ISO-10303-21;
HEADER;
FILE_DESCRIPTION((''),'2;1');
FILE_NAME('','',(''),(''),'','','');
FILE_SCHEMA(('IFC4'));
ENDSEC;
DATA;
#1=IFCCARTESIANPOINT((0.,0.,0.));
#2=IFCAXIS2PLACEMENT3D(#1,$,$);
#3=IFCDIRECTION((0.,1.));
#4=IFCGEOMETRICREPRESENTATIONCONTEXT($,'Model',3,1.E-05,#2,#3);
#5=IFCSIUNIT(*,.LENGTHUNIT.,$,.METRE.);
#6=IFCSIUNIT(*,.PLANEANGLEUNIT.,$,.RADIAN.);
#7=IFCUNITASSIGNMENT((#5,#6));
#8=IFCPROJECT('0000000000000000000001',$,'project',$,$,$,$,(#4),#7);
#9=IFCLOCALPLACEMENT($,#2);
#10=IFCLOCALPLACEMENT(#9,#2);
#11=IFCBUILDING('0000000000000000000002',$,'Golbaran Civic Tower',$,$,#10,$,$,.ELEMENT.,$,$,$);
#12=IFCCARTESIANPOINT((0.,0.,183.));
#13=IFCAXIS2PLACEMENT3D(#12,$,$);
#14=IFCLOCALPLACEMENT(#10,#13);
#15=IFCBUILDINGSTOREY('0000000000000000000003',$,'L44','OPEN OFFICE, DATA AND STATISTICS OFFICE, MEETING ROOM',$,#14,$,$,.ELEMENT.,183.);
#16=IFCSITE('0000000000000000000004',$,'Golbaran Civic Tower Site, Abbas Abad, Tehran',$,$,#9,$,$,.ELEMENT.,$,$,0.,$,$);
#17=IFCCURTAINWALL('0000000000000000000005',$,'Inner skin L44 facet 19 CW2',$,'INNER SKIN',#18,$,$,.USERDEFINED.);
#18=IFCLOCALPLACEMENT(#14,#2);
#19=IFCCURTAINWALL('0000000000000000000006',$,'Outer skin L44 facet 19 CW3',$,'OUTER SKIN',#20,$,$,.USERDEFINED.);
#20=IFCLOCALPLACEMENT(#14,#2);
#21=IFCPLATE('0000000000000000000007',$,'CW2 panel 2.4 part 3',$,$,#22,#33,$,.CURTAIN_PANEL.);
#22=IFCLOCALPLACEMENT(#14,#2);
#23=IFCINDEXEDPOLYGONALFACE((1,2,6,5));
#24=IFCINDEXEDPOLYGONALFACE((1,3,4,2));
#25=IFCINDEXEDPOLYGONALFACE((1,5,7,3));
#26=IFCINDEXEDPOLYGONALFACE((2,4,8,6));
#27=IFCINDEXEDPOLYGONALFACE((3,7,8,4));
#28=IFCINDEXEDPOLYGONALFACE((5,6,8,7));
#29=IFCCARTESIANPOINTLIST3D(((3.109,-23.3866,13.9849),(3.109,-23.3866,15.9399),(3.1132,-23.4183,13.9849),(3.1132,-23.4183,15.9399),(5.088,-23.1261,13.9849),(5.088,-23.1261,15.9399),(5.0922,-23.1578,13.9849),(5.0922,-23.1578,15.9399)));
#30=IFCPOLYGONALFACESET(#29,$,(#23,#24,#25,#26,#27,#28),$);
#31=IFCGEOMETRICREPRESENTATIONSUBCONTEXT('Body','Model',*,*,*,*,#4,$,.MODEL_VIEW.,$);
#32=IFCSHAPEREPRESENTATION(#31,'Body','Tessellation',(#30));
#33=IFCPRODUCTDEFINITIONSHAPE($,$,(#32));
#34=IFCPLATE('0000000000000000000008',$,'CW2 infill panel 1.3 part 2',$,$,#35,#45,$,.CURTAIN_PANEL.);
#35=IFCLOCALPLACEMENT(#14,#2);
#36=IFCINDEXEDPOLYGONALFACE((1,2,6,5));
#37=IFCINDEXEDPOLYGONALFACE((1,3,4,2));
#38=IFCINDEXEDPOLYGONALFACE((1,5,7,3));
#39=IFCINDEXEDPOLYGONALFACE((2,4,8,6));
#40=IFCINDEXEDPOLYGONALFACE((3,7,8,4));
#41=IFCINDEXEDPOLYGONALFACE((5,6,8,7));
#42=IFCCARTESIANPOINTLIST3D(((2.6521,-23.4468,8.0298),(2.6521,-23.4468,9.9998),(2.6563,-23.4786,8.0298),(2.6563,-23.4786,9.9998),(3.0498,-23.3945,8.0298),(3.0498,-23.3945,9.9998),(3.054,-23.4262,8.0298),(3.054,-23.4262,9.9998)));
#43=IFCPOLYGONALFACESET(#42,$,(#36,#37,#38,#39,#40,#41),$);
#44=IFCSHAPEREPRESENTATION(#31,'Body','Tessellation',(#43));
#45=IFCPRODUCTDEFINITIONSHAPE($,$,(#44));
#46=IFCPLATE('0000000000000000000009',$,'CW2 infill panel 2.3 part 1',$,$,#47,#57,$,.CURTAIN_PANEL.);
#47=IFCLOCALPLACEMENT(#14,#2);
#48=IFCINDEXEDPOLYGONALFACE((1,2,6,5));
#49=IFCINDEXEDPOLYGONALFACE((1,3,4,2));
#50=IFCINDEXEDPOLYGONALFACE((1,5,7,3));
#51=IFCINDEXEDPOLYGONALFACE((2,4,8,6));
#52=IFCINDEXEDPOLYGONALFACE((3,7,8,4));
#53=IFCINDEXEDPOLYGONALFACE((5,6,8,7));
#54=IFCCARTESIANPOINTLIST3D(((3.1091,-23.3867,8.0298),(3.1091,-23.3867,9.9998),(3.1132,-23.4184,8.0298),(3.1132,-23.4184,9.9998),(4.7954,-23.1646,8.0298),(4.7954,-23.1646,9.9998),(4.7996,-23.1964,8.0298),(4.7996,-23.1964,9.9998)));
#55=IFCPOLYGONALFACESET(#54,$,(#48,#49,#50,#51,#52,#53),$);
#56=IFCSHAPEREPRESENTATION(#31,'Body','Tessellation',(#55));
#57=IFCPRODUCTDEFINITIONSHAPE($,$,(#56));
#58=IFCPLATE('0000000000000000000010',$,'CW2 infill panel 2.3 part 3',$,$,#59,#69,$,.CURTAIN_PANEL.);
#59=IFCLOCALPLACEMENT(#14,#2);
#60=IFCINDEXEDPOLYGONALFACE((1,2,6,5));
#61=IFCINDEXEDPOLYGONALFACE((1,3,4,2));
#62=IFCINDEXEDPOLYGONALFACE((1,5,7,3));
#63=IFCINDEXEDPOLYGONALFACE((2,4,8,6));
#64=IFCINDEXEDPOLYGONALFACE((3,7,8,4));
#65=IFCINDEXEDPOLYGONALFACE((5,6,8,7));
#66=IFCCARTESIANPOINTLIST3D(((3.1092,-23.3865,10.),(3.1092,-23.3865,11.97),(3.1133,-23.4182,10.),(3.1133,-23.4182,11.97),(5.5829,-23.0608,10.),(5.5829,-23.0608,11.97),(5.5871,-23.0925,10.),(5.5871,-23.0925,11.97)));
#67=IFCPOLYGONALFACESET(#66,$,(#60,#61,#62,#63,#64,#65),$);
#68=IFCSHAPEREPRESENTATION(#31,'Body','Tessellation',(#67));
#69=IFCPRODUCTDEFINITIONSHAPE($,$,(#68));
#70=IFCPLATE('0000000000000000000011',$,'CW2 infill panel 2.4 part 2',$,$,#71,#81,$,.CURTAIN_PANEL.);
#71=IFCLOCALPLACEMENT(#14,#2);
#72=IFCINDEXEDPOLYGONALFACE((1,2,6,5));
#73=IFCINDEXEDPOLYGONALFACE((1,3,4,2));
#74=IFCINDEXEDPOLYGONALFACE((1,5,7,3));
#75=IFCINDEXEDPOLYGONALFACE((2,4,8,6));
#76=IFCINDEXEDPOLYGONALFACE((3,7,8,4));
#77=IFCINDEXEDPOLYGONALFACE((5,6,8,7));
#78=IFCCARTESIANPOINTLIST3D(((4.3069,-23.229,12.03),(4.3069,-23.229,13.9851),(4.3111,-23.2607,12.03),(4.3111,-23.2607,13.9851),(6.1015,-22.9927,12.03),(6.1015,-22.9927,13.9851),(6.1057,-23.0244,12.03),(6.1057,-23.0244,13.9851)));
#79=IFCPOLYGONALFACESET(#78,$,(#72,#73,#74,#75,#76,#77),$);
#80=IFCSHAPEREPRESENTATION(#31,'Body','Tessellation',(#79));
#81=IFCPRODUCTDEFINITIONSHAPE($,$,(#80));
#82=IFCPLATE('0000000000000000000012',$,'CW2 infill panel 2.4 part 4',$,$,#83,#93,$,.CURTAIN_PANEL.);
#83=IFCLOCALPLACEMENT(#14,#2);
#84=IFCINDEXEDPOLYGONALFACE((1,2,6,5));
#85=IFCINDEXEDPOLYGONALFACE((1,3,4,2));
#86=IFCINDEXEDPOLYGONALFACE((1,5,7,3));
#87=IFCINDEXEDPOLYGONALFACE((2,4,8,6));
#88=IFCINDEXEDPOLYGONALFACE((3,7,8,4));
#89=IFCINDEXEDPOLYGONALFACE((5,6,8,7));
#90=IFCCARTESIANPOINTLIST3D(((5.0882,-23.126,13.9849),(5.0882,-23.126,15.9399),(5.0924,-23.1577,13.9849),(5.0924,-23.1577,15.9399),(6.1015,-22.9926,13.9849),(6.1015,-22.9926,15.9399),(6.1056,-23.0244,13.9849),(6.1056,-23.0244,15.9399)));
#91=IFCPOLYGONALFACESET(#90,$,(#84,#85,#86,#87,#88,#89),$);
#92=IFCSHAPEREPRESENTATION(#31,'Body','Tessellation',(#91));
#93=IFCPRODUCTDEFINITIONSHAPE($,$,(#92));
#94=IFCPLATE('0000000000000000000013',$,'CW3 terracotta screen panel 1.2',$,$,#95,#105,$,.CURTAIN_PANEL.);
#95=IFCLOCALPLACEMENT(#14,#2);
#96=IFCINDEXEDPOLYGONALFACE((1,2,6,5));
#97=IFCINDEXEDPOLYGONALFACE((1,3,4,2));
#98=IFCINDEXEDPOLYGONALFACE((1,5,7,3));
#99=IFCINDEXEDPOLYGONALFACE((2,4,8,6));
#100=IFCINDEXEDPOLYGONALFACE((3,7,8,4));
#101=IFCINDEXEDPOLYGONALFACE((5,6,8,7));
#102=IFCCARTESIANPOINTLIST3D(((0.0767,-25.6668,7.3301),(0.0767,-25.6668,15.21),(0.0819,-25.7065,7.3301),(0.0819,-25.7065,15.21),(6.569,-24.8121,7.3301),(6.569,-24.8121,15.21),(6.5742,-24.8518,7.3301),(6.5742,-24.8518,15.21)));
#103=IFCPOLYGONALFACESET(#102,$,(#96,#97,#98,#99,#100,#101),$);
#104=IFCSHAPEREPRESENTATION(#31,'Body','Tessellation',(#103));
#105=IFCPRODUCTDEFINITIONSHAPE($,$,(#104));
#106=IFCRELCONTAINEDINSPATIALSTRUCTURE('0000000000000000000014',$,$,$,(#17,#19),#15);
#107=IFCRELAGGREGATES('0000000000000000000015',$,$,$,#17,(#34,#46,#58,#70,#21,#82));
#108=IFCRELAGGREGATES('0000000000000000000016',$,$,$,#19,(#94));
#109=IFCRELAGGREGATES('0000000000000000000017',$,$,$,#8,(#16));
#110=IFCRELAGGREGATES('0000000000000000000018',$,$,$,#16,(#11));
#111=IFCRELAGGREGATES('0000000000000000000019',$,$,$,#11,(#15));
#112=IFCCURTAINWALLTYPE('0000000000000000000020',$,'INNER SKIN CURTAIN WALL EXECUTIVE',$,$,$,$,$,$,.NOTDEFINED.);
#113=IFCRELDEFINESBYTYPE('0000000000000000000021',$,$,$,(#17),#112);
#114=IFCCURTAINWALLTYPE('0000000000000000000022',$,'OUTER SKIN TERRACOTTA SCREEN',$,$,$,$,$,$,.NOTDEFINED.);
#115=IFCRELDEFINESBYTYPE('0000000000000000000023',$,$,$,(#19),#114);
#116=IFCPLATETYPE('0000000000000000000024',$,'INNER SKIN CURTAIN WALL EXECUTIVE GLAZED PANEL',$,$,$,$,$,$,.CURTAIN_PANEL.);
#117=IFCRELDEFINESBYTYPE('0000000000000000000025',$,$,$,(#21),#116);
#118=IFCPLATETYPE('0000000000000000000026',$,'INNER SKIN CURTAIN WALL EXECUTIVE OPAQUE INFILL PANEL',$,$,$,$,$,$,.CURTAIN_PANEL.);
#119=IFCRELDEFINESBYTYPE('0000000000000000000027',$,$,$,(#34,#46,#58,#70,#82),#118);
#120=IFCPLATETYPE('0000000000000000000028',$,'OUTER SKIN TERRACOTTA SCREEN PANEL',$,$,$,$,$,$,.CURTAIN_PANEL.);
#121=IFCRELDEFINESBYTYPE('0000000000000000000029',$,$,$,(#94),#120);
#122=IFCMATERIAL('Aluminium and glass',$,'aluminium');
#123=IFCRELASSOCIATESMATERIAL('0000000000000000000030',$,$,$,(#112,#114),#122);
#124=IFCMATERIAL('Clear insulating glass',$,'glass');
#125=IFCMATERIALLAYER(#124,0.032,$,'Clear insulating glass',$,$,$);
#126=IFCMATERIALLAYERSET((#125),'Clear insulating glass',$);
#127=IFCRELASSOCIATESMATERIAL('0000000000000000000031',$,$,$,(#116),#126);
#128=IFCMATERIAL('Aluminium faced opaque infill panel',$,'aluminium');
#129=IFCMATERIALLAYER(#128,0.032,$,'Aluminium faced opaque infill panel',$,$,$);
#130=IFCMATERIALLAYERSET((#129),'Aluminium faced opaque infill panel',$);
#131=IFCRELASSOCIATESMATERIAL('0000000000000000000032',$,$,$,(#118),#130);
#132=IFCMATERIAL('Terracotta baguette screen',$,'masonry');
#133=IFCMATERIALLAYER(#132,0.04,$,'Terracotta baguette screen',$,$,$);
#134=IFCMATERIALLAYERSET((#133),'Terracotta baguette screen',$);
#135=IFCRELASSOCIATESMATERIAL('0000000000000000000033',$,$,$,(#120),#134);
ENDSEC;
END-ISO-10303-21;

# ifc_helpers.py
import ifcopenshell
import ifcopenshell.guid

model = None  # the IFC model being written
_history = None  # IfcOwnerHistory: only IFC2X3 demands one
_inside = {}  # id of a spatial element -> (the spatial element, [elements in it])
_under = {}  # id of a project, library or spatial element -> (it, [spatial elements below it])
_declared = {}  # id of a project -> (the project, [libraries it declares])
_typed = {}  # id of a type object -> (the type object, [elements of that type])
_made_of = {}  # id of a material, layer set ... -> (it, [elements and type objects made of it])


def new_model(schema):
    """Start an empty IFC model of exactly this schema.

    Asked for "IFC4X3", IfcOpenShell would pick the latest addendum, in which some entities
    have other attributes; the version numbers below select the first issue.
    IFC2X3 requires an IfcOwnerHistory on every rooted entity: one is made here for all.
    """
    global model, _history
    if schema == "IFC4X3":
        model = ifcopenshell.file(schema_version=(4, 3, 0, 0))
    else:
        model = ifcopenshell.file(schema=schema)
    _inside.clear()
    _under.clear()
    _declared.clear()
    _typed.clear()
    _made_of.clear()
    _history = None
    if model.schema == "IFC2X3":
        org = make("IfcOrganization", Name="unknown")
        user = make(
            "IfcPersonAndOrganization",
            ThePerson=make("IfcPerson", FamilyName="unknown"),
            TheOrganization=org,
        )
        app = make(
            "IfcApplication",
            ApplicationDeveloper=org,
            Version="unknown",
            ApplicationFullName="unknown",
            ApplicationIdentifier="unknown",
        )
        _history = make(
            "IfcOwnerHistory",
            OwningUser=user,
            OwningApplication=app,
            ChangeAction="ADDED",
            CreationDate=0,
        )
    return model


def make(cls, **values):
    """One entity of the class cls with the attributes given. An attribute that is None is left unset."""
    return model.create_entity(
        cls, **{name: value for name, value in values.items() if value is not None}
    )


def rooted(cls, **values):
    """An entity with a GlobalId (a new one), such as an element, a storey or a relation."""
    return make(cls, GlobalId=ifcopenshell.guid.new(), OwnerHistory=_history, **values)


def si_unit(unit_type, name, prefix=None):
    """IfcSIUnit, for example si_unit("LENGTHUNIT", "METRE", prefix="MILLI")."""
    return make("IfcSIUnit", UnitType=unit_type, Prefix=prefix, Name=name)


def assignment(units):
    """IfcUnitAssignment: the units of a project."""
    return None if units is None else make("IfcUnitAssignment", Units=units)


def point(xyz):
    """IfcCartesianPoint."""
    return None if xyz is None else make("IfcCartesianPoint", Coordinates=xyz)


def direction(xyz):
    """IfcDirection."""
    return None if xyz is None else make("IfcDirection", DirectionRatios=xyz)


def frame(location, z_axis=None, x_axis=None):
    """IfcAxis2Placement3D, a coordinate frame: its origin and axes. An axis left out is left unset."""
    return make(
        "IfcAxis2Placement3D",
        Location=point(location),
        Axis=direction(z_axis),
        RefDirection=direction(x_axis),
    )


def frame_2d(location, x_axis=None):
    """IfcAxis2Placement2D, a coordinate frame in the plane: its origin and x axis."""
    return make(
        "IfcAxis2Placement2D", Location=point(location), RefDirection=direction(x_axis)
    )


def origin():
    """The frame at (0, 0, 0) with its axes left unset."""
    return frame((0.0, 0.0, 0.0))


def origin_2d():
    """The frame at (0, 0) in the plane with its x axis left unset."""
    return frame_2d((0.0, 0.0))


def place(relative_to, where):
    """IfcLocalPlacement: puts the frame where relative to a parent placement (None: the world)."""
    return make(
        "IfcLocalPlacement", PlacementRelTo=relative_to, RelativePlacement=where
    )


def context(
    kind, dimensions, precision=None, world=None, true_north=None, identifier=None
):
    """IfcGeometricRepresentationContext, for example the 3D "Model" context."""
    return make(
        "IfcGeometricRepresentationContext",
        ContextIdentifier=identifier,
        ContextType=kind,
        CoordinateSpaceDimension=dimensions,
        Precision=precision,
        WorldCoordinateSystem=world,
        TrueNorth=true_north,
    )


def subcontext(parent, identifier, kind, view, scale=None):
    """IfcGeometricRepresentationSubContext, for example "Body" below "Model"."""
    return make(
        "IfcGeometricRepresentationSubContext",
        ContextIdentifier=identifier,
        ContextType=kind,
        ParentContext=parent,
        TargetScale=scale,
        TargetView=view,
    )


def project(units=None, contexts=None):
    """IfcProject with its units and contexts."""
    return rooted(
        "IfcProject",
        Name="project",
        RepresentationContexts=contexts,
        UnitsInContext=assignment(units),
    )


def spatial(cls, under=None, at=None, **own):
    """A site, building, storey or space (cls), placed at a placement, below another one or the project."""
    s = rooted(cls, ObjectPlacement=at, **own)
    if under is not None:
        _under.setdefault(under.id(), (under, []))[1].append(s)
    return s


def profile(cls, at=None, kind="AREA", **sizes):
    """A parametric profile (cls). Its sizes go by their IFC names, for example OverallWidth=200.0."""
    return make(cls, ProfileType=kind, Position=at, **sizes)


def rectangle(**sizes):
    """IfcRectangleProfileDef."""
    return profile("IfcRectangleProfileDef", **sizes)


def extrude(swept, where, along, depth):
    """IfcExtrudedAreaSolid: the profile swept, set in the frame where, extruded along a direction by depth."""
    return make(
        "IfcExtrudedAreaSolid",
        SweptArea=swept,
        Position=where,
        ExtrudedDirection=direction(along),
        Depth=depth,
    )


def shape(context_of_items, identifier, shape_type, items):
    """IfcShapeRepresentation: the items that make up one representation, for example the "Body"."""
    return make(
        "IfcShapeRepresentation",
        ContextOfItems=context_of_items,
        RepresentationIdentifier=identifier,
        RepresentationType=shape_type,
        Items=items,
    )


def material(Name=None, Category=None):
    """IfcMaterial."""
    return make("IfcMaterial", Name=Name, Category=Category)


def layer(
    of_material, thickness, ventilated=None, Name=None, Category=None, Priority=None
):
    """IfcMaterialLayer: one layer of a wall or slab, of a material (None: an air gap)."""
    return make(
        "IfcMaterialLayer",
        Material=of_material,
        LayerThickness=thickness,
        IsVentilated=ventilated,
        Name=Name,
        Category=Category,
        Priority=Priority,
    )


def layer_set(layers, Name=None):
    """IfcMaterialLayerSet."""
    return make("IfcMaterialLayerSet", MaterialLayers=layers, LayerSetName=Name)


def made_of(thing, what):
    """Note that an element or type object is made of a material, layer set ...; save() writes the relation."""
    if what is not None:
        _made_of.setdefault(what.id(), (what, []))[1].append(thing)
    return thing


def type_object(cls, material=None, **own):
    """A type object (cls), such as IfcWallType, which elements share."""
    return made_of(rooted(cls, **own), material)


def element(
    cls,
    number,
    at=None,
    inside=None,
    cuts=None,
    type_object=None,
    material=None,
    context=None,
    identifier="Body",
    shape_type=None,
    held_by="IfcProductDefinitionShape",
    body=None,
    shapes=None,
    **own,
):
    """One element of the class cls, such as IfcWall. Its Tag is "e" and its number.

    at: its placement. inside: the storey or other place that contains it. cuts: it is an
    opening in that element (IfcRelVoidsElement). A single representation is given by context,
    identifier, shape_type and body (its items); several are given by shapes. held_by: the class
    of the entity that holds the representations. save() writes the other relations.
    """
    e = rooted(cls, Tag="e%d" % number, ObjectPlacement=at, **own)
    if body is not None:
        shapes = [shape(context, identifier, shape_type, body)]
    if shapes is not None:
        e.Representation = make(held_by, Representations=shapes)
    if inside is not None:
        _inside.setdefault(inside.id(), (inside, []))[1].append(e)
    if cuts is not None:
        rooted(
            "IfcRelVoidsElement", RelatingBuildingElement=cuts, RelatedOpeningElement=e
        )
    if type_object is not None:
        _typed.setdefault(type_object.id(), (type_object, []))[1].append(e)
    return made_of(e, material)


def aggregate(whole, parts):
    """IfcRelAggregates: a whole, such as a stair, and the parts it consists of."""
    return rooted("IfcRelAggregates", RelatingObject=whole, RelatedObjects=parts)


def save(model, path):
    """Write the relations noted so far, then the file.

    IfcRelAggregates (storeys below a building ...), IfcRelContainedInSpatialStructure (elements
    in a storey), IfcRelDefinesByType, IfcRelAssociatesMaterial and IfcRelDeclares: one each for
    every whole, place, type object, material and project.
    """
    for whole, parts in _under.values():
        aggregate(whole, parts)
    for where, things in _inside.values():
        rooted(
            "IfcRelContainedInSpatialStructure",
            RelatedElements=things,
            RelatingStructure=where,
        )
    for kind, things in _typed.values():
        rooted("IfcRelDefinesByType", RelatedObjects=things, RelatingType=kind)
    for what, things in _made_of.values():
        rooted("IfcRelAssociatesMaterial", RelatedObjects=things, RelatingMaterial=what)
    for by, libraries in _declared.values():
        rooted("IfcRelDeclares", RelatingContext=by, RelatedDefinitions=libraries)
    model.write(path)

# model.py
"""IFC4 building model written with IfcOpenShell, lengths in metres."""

from ifc_helpers import new_model, si_unit, direction, frame, origin, origin_2d, place, context, subcontext, project, spatial, rectangle, extrude, material, layer, layer_set, type_object, element, aggregate, save


model = new_model("IFC4")

# Units and contexts
model_context = context("Model", 3, precision=1e-05, world=origin(), true_north=direction((0.0, 1.0)))
body_context = subcontext(model_context, "Body", "Model", "MODEL_VIEW")
ifc_project = project(units=[si_unit("LENGTHUNIT", "METRE"), si_unit("PLANEANGLEUNIT", "RADIAN")], contexts=[model_context])

# Site, building, storey
site_placement = place(None, origin())
site = spatial("IfcSite", under=ifc_project, at=site_placement, Name="Golbaran Civic Tower Site, Abbas Abad, Tehran", CompositionType="ELEMENT", RefElevation=0.0)
building_placement = place(site_placement, origin())
building = spatial("IfcBuilding", under=site, at=building_placement, Name="Golbaran Civic Tower", CompositionType="ELEMENT")
storey_placement = place(building_placement, frame((0.0, 0.0, 183.0)))
storey = spatial("IfcBuildingStorey", under=building, at=storey_placement, Name="L44", Description="OPEN OFFICE, DATA AND STATISTICS OFFICE, MEETING ROOM", CompositionType="ELEMENT", Elevation=183.0)

# Curtain walls
ifc_material_1 = material(Name="Aluminium and glass", Category="aluminium")
curtain_wall_type_1 = type_object("IfcCurtainWallType", Name="INNER SKIN CURTAIN WALL EXECUTIVE", PredefinedType="NOTDEFINED", material=ifc_material_1)
curtain_wall_1_placement = place(storey_placement, origin())
curtain_wall_1 = element("IfcCurtainWall", 1, at=curtain_wall_1_placement, inside=storey, type_object=curtain_wall_type_1, Name="Inner skin L44 facet 19 CW2", ObjectType="INNER SKIN", PredefinedType="USERDEFINED")
curtain_wall_type_2 = type_object("IfcCurtainWallType", Name="OUTER SKIN TERRACOTTA SCREEN", PredefinedType="NOTDEFINED", material=ifc_material_1)
curtain_wall_2_placement = place(storey_placement, origin())
curtain_wall_2 = element("IfcCurtainWall", 2, at=curtain_wall_2_placement, inside=storey, type_object=curtain_wall_type_2, Name="Outer skin L44 facet 19 CW3", ObjectType="OUTER SKIN", PredefinedType="USERDEFINED")

# Plates
ifc_material_2 = material(Name="Clear insulating glass", Category="glass")
ifc_layer_1 = layer(ifc_material_2, 0.032, Name="Clear insulating glass")
ifc_layer_set_1 = layer_set([ifc_layer_1], Name="Clear insulating glass")
plate_type_1 = type_object("IfcPlateType", Name="INNER SKIN CURTAIN WALL EXECUTIVE GLAZED PANEL", PredefinedType="CURTAIN_PANEL", material=ifc_layer_set_1)
plate_1_placement = place(storey_placement, frame((4.1006, -23.2722, 13.9849), z_axis=(0.0, 0.0, 1.0), x_axis=(0.991445, 0.130526, 0.0)))
plate_1 = element("IfcPlate", 3, at=plate_1_placement, type_object=plate_type_1, Name="CW2 panel 2.4 part 3", PredefinedType="CURTAIN_PANEL", context=body_context, shape_type="SweptSolid", body=[
    extrude(rectangle(XDim=1.9961, YDim=0.032, at=origin_2d()), origin(), (0.0, 0.0, 1.0), 1.9551),
])
ifc_material_3 = material(Name="Aluminium faced opaque infill panel", Category="aluminium")
ifc_layer_2 = layer(ifc_material_3, 0.032, Name="Aluminium faced opaque infill panel")
ifc_layer_set_2 = layer_set([ifc_layer_2], Name="Aluminium faced opaque infill panel")
plate_type_2 = type_object("IfcPlateType", Name="INNER SKIN CURTAIN WALL EXECUTIVE OPAQUE INFILL PANEL", PredefinedType="CURTAIN_PANEL", material=ifc_layer_set_2)
plate_2_placement = place(storey_placement, frame((2.853, -23.4365, 8.0298), z_axis=(0.0, 0.0, 1.0), x_axis=(0.991445, 0.130526, 0.0)))
plate_2 = element("IfcPlate", 4, at=plate_2_placement, type_object=plate_type_2, Name="CW2 infill panel 1.3 part 2", PredefinedType="CURTAIN_PANEL", context=body_context, shape_type="SweptSolid", body=[
    extrude(rectangle(XDim=0.4011, YDim=0.032, at=origin_2d()), origin(), (0.0, 0.0, 1.0), 1.97),
])
plate_3_placement = place(storey_placement, frame((3.9543, -23.2915, 8.0298), z_axis=(0.0, 0.0, 1.0), x_axis=(0.991445, 0.130526, 0.0)))
plate_3 = element("IfcPlate", 5, at=plate_3_placement, type_object=plate_type_2, Name="CW2 infill panel 2.3 part 1", PredefinedType="CURTAIN_PANEL", context=body_context, shape_type="SweptSolid", body=[
    extrude(rectangle(XDim=1.7009, YDim=0.032, at=origin_2d()), origin(), (0.0, 0.0, 1.0), 1.97),
])
plate_4_placement = place(storey_placement, frame((4.3481, -23.2395, 10.0), z_axis=(0.0, 0.0, 1.0), x_axis=(0.991445, 0.130526, 0.0)))
plate_4 = element("IfcPlate", 6, at=plate_4_placement, type_object=plate_type_2, Name="CW2 infill panel 2.3 part 3", PredefinedType="CURTAIN_PANEL", context=body_context, shape_type="SweptSolid", body=[
    extrude(rectangle(XDim=2.4951, YDim=0.032, at=origin_2d()), origin(), (0.0, 0.0, 1.0), 1.97),
])
plate_5_placement = place(storey_placement, frame((5.2063, -23.1267, 12.03), z_axis=(0.0, 0.0, 1.0), x_axis=(0.991445, 0.130526, 0.0)))
plate_5 = element("IfcPlate", 7, at=plate_5_placement, type_object=plate_type_2, Name="CW2 infill panel 2.4 part 2", PredefinedType="CURTAIN_PANEL", context=body_context, shape_type="SweptSolid", body=[
    extrude(rectangle(XDim=1.8101, YDim=0.032, at=origin_2d()), origin(), (0.0, 0.0, 1.0), 1.9551),
])
plate_6_placement = place(storey_placement, frame((5.5969, -23.0752, 13.9849), z_axis=(0.0, 0.0, 1.0), x_axis=(0.991445, 0.130526, 0.0)))
plate_6 = element("IfcPlate", 8, at=plate_6_placement, type_object=plate_type_2, Name="CW2 infill panel 2.4 part 4", PredefinedType="CURTAIN_PANEL", context=body_context, shape_type="SweptSolid", body=[
    extrude(rectangle(XDim=1.022, YDim=0.032, at=origin_2d()), origin(), (0.0, 0.0, 1.0), 1.9551),
])
aggregate(curtain_wall_1, [plate_2, plate_3, plate_4, plate_5, plate_1, plate_6])
ifc_material_4 = material(Name="Terracotta baguette screen", Category="masonry")
ifc_layer_3 = layer(ifc_material_4, 0.04, Name="Terracotta baguette screen")
ifc_layer_set_3 = layer_set([ifc_layer_3], Name="Terracotta baguette screen")
plate_type_3 = type_object("IfcPlateType", Name="OUTER SKIN TERRACOTTA SCREEN PANEL", PredefinedType="CURTAIN_PANEL", material=ifc_layer_set_3)
plate_7_placement = place(storey_placement, frame((3.3254, -25.2593, 7.3301), z_axis=(0.0, 0.0, 1.0), x_axis=(0.991445, 0.130526, 0.0)))
plate_7 = element("IfcPlate", 9, at=plate_7_placement, type_object=plate_type_3, Name="CW3 terracotta screen panel 1.2", PredefinedType="CURTAIN_PANEL", context=body_context, shape_type="SweptSolid", body=[
    extrude(rectangle(XDim=6.5483, YDim=0.04, at=origin_2d()), origin(), (0.0, 0.0, 1.0), 7.8799),
])
aggregate(curtain_wall_2, [plate_7])

save(model, "model.ifc")
